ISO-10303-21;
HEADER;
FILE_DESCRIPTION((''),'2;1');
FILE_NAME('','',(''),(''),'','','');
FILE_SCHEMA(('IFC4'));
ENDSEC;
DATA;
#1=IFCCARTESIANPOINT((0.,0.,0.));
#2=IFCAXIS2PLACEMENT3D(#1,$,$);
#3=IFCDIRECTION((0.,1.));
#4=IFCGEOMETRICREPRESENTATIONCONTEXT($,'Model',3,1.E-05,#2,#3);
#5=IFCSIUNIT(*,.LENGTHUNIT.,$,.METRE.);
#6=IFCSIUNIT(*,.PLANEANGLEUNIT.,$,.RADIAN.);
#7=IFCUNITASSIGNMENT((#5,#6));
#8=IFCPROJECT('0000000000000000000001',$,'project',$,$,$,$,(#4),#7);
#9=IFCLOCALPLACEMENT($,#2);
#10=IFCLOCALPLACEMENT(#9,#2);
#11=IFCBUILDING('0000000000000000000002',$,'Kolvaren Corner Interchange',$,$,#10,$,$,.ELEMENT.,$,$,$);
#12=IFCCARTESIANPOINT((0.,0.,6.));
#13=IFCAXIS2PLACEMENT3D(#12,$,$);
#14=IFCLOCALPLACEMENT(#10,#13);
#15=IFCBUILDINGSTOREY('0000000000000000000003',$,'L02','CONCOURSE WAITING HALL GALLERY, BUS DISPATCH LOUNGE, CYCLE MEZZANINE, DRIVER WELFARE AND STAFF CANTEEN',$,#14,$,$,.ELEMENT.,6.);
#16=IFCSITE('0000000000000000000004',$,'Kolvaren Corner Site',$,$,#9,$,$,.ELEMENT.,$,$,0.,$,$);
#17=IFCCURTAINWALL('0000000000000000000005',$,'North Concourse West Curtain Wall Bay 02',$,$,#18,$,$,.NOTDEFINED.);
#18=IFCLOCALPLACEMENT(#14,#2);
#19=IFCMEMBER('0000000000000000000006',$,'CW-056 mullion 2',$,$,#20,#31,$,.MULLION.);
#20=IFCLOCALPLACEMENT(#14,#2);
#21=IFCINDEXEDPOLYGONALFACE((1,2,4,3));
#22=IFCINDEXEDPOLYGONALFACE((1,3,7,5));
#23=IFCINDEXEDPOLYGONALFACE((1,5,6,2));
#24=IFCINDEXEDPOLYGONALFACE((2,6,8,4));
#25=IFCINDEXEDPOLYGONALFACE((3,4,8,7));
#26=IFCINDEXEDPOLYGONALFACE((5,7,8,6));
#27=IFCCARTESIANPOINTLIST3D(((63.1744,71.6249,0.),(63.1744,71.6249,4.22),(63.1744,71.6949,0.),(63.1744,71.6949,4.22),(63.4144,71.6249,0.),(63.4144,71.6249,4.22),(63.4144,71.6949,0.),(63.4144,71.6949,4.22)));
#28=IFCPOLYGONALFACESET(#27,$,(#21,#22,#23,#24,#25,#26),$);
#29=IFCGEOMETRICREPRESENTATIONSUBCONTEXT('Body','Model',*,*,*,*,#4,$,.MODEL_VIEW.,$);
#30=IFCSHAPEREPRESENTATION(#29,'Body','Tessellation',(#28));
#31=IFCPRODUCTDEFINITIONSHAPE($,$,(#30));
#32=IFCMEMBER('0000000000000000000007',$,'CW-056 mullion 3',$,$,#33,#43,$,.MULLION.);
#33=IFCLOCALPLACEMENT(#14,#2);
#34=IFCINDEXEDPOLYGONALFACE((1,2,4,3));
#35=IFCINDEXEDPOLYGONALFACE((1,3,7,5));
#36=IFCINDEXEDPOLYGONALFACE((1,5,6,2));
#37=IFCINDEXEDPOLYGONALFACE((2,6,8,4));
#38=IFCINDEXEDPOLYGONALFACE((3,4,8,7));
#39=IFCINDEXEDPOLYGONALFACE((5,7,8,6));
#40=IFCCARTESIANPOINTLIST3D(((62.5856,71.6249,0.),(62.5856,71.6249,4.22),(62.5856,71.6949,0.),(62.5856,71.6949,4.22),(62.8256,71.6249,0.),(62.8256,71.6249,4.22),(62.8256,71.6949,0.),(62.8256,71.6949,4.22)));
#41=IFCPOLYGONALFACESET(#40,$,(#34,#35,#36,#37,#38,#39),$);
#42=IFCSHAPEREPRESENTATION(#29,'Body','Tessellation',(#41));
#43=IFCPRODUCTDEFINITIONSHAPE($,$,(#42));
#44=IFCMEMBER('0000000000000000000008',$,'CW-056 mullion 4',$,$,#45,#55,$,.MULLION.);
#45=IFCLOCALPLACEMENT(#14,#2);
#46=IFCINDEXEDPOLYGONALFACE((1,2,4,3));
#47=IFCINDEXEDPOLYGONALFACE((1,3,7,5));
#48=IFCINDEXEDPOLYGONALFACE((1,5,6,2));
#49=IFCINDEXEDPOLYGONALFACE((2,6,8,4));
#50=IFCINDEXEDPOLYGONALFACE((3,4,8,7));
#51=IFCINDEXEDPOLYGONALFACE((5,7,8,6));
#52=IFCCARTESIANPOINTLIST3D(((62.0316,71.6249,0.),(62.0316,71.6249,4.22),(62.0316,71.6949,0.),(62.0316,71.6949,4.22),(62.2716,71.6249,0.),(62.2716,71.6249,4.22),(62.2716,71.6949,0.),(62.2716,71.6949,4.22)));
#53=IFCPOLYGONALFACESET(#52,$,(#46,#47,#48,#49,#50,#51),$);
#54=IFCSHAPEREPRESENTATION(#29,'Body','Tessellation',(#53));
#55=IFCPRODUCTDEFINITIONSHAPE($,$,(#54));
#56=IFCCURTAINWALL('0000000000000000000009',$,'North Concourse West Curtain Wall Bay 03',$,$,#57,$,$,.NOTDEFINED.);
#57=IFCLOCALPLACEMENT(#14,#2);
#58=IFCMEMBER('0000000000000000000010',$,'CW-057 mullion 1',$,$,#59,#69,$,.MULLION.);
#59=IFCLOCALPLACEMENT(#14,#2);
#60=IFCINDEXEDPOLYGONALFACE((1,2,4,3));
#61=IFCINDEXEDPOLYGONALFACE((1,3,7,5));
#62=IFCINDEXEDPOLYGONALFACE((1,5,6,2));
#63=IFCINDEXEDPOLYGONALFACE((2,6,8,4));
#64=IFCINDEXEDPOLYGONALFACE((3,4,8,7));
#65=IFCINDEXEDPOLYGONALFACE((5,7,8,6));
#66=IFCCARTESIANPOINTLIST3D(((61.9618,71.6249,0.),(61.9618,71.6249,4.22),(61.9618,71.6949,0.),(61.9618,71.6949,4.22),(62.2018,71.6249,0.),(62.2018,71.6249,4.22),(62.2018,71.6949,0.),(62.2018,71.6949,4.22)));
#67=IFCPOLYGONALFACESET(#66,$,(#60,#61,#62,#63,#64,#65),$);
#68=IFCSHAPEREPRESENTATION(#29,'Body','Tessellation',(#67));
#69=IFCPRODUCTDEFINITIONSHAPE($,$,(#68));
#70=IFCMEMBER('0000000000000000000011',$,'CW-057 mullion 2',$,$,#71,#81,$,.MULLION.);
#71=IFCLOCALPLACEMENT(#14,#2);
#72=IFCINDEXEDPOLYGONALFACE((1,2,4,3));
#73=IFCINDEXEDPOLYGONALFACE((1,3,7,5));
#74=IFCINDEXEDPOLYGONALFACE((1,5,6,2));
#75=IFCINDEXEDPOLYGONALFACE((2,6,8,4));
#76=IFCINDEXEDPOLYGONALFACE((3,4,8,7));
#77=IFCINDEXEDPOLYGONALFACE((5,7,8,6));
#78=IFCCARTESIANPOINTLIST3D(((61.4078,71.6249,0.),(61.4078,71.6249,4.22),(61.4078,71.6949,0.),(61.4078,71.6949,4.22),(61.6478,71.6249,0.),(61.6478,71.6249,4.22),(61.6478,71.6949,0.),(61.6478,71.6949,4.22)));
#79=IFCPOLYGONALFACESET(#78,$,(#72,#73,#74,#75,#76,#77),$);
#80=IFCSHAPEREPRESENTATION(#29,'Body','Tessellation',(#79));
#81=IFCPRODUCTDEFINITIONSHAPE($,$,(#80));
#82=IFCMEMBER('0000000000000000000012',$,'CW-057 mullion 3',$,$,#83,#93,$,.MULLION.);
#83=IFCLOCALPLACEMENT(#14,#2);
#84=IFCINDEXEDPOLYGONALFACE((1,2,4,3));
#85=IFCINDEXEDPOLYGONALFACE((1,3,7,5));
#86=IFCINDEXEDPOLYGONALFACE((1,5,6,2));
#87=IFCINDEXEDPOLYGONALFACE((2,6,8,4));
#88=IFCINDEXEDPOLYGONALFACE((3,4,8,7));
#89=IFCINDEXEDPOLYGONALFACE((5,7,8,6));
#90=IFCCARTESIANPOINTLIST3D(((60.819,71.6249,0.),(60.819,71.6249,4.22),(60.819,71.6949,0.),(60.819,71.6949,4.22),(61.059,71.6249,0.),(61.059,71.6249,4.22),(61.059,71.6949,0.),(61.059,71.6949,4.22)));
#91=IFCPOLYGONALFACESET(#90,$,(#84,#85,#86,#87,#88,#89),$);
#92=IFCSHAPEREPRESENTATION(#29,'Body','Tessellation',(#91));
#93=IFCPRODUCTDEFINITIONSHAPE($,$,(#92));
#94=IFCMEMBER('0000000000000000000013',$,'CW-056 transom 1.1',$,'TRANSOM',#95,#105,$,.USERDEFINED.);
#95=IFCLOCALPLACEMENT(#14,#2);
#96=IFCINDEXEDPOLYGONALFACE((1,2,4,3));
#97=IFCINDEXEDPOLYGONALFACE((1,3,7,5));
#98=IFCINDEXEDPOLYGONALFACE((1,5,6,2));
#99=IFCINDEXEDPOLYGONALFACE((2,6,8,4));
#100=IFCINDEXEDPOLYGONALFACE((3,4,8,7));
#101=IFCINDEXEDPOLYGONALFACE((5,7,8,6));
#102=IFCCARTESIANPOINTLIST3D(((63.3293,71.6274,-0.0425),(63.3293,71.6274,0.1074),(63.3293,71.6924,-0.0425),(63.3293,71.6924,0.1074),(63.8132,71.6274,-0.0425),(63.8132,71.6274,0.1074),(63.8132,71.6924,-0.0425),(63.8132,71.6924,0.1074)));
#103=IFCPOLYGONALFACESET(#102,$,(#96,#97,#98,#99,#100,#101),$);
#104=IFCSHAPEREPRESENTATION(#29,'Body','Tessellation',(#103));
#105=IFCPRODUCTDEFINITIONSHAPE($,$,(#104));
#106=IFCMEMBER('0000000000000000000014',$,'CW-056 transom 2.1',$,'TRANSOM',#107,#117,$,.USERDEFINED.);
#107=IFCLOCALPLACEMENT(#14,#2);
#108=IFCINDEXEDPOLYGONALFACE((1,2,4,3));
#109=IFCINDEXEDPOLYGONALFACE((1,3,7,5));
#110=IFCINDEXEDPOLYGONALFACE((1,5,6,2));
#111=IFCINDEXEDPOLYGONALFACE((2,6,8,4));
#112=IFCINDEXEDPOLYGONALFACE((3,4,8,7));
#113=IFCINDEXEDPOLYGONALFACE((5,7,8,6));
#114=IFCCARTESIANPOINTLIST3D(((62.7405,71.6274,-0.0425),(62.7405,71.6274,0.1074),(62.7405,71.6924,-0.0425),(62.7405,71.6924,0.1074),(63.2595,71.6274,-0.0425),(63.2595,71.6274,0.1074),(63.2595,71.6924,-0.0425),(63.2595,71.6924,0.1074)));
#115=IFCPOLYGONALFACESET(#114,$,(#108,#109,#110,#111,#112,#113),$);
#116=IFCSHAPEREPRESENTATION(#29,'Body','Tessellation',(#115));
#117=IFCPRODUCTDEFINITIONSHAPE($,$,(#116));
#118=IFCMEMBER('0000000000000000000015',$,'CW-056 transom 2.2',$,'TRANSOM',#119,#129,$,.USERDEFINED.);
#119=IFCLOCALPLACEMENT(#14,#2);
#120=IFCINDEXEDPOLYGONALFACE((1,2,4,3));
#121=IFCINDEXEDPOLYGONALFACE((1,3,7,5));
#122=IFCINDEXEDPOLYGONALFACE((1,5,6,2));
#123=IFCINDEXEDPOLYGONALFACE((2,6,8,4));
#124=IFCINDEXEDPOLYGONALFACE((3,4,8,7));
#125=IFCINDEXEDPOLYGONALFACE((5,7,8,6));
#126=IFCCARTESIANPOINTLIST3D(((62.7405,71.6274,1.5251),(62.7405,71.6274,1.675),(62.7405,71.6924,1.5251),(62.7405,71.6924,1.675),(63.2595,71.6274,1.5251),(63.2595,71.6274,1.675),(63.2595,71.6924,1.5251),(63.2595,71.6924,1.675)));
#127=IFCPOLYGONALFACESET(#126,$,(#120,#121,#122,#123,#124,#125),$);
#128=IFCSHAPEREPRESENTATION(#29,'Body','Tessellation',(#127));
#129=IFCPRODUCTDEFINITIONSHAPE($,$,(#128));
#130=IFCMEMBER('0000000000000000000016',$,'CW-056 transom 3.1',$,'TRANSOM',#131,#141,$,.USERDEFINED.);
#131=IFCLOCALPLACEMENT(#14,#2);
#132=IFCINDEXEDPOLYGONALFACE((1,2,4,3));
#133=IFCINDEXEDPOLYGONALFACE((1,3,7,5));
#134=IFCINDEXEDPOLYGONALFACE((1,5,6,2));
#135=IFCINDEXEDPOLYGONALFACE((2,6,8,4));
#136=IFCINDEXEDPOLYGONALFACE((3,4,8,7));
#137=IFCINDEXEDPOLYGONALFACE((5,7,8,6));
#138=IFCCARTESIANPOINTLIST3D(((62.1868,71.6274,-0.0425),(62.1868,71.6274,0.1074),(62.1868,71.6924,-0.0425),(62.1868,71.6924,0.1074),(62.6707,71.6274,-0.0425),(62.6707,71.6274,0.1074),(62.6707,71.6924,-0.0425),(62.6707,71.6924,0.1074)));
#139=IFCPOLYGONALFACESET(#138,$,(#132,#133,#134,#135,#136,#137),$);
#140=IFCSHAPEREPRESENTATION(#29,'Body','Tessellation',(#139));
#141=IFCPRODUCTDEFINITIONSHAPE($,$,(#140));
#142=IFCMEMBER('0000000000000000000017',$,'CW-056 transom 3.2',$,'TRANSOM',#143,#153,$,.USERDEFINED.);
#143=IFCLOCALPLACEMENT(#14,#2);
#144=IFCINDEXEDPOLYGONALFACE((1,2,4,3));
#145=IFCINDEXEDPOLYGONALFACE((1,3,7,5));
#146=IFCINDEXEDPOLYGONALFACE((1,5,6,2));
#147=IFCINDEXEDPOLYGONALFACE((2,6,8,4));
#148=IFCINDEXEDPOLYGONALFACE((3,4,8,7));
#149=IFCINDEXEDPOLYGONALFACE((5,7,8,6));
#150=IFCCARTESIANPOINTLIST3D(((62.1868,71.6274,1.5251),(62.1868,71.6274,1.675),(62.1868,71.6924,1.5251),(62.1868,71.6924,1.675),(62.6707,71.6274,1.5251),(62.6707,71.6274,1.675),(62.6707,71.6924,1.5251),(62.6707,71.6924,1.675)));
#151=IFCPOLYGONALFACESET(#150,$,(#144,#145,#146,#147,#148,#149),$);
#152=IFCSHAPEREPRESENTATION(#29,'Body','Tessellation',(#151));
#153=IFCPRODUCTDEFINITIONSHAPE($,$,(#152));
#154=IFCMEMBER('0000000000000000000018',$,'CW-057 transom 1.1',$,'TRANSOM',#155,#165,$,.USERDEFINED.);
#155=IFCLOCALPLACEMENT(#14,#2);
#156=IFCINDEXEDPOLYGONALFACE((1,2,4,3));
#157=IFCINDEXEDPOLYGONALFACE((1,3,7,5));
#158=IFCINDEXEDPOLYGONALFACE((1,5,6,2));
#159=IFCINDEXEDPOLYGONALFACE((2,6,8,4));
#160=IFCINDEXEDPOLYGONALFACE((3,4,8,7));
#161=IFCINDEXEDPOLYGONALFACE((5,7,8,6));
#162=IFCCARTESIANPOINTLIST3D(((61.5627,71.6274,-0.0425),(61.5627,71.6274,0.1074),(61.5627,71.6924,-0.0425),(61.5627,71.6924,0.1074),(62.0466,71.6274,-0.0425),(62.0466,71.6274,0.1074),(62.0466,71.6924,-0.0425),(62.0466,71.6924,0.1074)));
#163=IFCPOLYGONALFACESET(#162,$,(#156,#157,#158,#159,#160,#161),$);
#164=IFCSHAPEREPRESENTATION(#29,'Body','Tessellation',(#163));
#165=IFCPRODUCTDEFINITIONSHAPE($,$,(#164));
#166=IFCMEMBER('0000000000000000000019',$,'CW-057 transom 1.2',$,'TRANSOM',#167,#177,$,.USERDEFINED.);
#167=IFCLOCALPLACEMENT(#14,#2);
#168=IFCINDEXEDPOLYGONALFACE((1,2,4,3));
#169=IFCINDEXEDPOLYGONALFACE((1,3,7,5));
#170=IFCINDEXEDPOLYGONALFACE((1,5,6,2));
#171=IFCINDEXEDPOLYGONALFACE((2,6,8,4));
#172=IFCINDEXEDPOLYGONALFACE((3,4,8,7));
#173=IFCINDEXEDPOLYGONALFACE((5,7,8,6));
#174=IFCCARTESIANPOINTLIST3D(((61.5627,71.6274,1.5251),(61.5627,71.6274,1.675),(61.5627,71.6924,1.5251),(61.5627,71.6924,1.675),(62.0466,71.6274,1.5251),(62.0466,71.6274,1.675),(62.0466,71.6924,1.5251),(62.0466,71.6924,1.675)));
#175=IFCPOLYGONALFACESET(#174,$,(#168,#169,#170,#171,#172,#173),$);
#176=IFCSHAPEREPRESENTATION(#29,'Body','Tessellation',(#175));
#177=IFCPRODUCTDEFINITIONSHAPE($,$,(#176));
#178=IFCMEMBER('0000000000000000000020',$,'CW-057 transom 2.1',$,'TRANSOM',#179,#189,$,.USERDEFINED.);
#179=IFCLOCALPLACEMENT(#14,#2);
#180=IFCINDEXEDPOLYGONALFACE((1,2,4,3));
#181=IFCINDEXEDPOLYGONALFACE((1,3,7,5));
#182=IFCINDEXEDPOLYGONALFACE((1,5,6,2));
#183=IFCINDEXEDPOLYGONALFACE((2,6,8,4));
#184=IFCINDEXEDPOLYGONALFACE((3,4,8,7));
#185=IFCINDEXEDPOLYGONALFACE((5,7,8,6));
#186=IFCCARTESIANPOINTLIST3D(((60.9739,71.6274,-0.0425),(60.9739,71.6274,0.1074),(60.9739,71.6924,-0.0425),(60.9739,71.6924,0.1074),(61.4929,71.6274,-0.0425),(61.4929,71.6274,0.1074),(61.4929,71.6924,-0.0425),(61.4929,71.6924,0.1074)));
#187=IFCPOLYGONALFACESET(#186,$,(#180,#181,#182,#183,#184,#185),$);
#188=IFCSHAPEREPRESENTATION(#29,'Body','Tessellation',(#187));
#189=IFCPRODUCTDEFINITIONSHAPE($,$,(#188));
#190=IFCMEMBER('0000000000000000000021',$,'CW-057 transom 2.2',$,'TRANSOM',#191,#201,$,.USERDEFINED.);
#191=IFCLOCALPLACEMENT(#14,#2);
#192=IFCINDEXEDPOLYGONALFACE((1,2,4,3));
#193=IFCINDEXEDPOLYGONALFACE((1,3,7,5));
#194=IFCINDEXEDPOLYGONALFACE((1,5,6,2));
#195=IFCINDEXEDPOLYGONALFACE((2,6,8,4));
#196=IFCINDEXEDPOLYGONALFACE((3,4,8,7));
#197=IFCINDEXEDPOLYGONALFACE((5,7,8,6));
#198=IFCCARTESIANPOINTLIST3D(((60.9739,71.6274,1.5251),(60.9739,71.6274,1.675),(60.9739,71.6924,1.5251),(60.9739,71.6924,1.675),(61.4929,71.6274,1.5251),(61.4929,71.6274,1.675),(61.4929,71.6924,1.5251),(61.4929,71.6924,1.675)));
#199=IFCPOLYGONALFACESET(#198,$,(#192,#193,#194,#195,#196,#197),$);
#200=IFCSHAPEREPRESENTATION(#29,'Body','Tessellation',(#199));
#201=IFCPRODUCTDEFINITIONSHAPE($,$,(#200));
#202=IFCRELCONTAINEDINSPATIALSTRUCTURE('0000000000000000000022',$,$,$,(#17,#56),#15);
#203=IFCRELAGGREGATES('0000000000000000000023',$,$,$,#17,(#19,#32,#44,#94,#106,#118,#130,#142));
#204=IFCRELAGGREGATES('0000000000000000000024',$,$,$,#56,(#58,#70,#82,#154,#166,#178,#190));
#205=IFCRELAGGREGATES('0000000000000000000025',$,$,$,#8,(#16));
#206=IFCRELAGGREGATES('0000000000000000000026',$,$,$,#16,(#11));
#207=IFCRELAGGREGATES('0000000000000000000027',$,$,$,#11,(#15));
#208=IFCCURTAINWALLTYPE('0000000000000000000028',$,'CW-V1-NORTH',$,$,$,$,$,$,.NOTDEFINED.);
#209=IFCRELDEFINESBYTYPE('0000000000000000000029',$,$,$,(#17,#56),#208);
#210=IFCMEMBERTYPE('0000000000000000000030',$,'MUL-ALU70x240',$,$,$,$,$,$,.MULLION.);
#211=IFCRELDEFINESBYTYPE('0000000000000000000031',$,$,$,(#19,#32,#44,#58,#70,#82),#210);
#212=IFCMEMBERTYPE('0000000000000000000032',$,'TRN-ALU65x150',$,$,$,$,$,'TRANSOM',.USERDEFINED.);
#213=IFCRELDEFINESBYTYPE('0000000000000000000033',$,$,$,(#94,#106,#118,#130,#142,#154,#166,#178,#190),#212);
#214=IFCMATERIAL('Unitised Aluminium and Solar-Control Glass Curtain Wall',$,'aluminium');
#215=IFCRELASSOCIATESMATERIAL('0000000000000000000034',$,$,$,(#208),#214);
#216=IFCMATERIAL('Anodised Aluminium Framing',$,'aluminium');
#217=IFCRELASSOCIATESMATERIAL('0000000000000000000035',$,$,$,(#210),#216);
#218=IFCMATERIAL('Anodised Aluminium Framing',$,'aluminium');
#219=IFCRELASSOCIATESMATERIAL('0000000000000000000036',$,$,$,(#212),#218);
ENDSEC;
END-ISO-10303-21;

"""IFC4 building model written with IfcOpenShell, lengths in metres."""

from ifc_helpers import new_model, si_unit, direction, frame, origin, origin_2d, place, context, subcontext, project, spatial, rectangle, extrude, material, material_profile, profile_set, type_object, element, aggregate, save


model = new_model("IFC4")

# Units and contexts
model_context = context("Model", 3, precision=1e-05, world=origin(), true_north=direction((0.0, 1.0)))
body_context = subcontext(model_context, "Body", "Model", "MODEL_VIEW")
ifc_project = project(units=[si_unit("LENGTHUNIT", "METRE"), si_unit("PLANEANGLEUNIT", "RADIAN")], contexts=[model_context])

# Site, building, storey
site_placement = place(None, origin())
site = spatial("IfcSite", under=ifc_project, at=site_placement, Name="Kolvaren Corner Site", CompositionType="ELEMENT", RefElevation=0.0)
building_placement = place(site_placement, origin())
building = spatial("IfcBuilding", under=site, at=building_placement, Name="Kolvaren Corner Interchange", CompositionType="ELEMENT")
storey_placement = place(building_placement, frame((0.0, 0.0, 6.0)))
storey = spatial("IfcBuildingStorey", under=building, at=storey_placement, Name="L02", Description="CONCOURSE WAITING HALL GALLERY, BUS DISPATCH LOUNGE, CYCLE MEZZANINE, DRIVER WELFARE AND STAFF CANTEEN", CompositionType="ELEMENT", Elevation=6.0)

# Curtain walls, members
ifc_material_1 = material(Name="Unitised Aluminium and Solar-Control Glass Curtain Wall", Category="aluminium")
curtain_wall_type = type_object("IfcCurtainWallType", Name="CW-V1-NORTH", PredefinedType="NOTDEFINED", material=ifc_material_1)
curtain_wall_1_placement = place(storey_placement, origin())
curtain_wall_1 = element("IfcCurtainWall", 1, at=curtain_wall_1_placement, inside=storey, type_object=curtain_wall_type, Name="North Concourse West Curtain Wall Bay 02", PredefinedType="NOTDEFINED")
ifc_material_2 = material(Name="Anodised Aluminium Framing", Category="aluminium")
ifc_material_profile_1 = material_profile(ifc_material_2, rectangle(XDim=0.0701, YDim=0.24, at=origin_2d()), Name="ALU 70x240")
ifc_profile_set_1 = profile_set([ifc_material_profile_1], Name="Anodised Aluminium Framing")
member_type_1 = type_object("IfcMemberType", Name="MUL-ALU70x240", PredefinedType="MULLION", material=ifc_profile_set_1)
member_1_placement = place(storey_placement, frame((63.2944, 71.6599, 0.0), z_axis=(0.0, 0.0, 1.0), x_axis=(0.0, -1.0, 0.0)))
member_1 = element("IfcMember", 2, at=member_1_placement, type_object=member_type_1, Name="CW-056 mullion 2", PredefinedType="MULLION", context=body_context, shape_type="SweptSolid", body=[
    extrude(rectangle(XDim=0.0701, YDim=0.24, at=origin_2d()), origin(), (0.0, 0.0, 1.0), 4.22),
])
member_2_placement = place(storey_placement, frame((62.7056, 71.6599, 0.0), z_axis=(0.0, 0.0, 1.0), x_axis=(0.0, -1.0, 0.0)))
member_2 = element("IfcMember", 3, at=member_2_placement, type_object=member_type_1, Name="CW-056 mullion 3", PredefinedType="MULLION", context=body_context, shape_type="SweptSolid", body=[
    extrude(rectangle(XDim=0.0701, YDim=0.24, at=origin_2d()), origin(), (0.0, 0.0, 1.0), 4.22),
])
member_3_placement = place(storey_placement, frame((62.1516, 71.6599, 0.0), z_axis=(0.0, 0.0, 1.0), x_axis=(0.0, -1.0, 0.0)))
member_3 = element("IfcMember", 4, at=member_3_placement, type_object=member_type_1, Name="CW-056 mullion 4", PredefinedType="MULLION", context=body_context, shape_type="SweptSolid", body=[
    extrude(rectangle(XDim=0.0701, YDim=0.24, at=origin_2d()), origin(), (0.0, 0.0, 1.0), 4.22),
])
curtain_wall_2_placement = place(storey_placement, origin())
curtain_wall_2 = element("IfcCurtainWall", 5, at=curtain_wall_2_placement, inside=storey, type_object=curtain_wall_type, Name="North Concourse West Curtain Wall Bay 03", PredefinedType="NOTDEFINED")
member_4_placement = place(storey_placement, frame((62.0818, 71.6599, 0.0), z_axis=(0.0, 0.0, 1.0), x_axis=(0.0, -1.0, 0.0)))
member_4 = element("IfcMember", 6, at=member_4_placement, type_object=member_type_1, Name="CW-057 mullion 1", PredefinedType="MULLION", context=body_context, shape_type="SweptSolid", body=[
    extrude(rectangle(XDim=0.0701, YDim=0.24, at=origin_2d()), origin(), (0.0, 0.0, 1.0), 4.22),
])
member_5_placement = place(storey_placement, frame((61.5278, 71.6599, 0.0), z_axis=(0.0, 0.0, 1.0), x_axis=(0.0, -1.0, 0.0)))
member_5 = element("IfcMember", 7, at=member_5_placement, type_object=member_type_1, Name="CW-057 mullion 2", PredefinedType="MULLION", context=body_context, shape_type="SweptSolid", body=[
    extrude(rectangle(XDim=0.0701, YDim=0.24, at=origin_2d()), origin(), (0.0, 0.0, 1.0), 4.22),
])
member_6_placement = place(storey_placement, frame((60.939, 71.6599, 0.0), z_axis=(0.0, 0.0, 1.0), x_axis=(0.0, -1.0, 0.0)))
member_6 = element("IfcMember", 8, at=member_6_placement, type_object=member_type_1, Name="CW-057 mullion 3", PredefinedType="MULLION", context=body_context, shape_type="SweptSolid", body=[
    extrude(rectangle(XDim=0.0701, YDim=0.24, at=origin_2d()), origin(), (0.0, 0.0, 1.0), 4.22),
])

# Members
ifc_material_3 = material(Name="Anodised Aluminium Framing", Category="aluminium")
ifc_material_profile_2 = material_profile(ifc_material_3, rectangle(XDim=0.0649, YDim=0.1499, at=origin_2d()), Name="ALU 65x150")
ifc_profile_set_2 = profile_set([ifc_material_profile_2], Name="Anodised Aluminium Framing")
member_type_2 = type_object("IfcMemberType", Name="TRN-ALU65x150", ElementType="TRANSOM", PredefinedType="USERDEFINED", material=ifc_profile_set_2)
member_7_placement = place(storey_placement, frame((63.8132, 71.6599, 0.0325), z_axis=(-1.0, 0.0, 0.0), x_axis=(0.0, -1.0, 0.0)))
member_7 = element("IfcMember", 9, at=member_7_placement, type_object=member_type_2, Name="CW-056 transom 1.1", ObjectType="TRANSOM", PredefinedType="USERDEFINED", context=body_context, shape_type="SweptSolid", body=[
    extrude(rectangle(XDim=0.0649, YDim=0.1499, at=origin_2d()), origin(), (0.0, 0.0, 1.0), 0.4839),
])
member_8_placement = place(storey_placement, frame((63.2595, 71.6599, 0.0325), z_axis=(-1.0, 0.0, 0.0), x_axis=(0.0, -1.0, 0.0)))
member_8 = element("IfcMember", 10, at=member_8_placement, type_object=member_type_2, Name="CW-056 transom 2.1", ObjectType="TRANSOM", PredefinedType="USERDEFINED", context=body_context, shape_type="SweptSolid", body=[
    extrude(rectangle(XDim=0.0649, YDim=0.1499, at=origin_2d()), origin(), (0.0, 0.0, 1.0), 0.519),
])
member_9_placement = place(storey_placement, frame((63.2595, 71.6599, 1.6001), z_axis=(-1.0, 0.0, 0.0), x_axis=(0.0, -1.0, 0.0)))
member_9 = element("IfcMember", 11, at=member_9_placement, type_object=member_type_2, Name="CW-056 transom 2.2", ObjectType="TRANSOM", PredefinedType="USERDEFINED", context=body_context, shape_type="SweptSolid", body=[
    extrude(rectangle(XDim=0.0649, YDim=0.1499, at=origin_2d()), origin(), (0.0, 0.0, 1.0), 0.519),
])
member_10_placement = place(storey_placement, frame((62.6707, 71.6599, 0.0325), z_axis=(-1.0, 0.0, 0.0), x_axis=(0.0, -1.0, 0.0)))
member_10 = element("IfcMember", 12, at=member_10_placement, type_object=member_type_2, Name="CW-056 transom 3.1", ObjectType="TRANSOM", PredefinedType="USERDEFINED", context=body_context, shape_type="SweptSolid", body=[
    extrude(rectangle(XDim=0.0649, YDim=0.1499, at=origin_2d()), origin(), (0.0, 0.0, 1.0), 0.4839),
])
member_11_placement = place(storey_placement, frame((62.6707, 71.6599, 1.6001), z_axis=(-1.0, 0.0, 0.0), x_axis=(0.0, -1.0, 0.0)))
member_11 = element("IfcMember", 13, at=member_11_placement, type_object=member_type_2, Name="CW-056 transom 3.2", ObjectType="TRANSOM", PredefinedType="USERDEFINED", context=body_context, shape_type="SweptSolid", body=[
    extrude(rectangle(XDim=0.0649, YDim=0.1499, at=origin_2d()), origin(), (0.0, 0.0, 1.0), 0.4839),
])
member_12_placement = place(storey_placement, frame((62.0466, 71.6599, 0.0325), z_axis=(-1.0, 0.0, 0.0), x_axis=(0.0, -1.0, 0.0)))
member_12 = element("IfcMember", 14, at=member_12_placement, type_object=member_type_2, Name="CW-057 transom 1.1", ObjectType="TRANSOM", PredefinedType="USERDEFINED", context=body_context, shape_type="SweptSolid", body=[
    extrude(rectangle(XDim=0.0649, YDim=0.1499, at=origin_2d()), origin(), (0.0, 0.0, 1.0), 0.4839),
])
member_13_placement = place(storey_placement, frame((62.0466, 71.6599, 1.6001), z_axis=(-1.0, 0.0, 0.0), x_axis=(0.0, -1.0, 0.0)))
member_13 = element("IfcMember", 15, at=member_13_placement, type_object=member_type_2, Name="CW-057 transom 1.2", ObjectType="TRANSOM", PredefinedType="USERDEFINED", context=body_context, shape_type="SweptSolid", body=[
    extrude(rectangle(XDim=0.0649, YDim=0.1499, at=origin_2d()), origin(), (0.0, 0.0, 1.0), 0.4839),
])
member_14_placement = place(storey_placement, frame((61.4929, 71.6599, 0.0325), z_axis=(-1.0, 0.0, 0.0), x_axis=(0.0, -1.0, 0.0)))
member_14 = element("IfcMember", 16, at=member_14_placement, type_object=member_type_2, Name="CW-057 transom 2.1", ObjectType="TRANSOM", PredefinedType="USERDEFINED", context=body_context, shape_type="SweptSolid", body=[
    extrude(rectangle(XDim=0.0649, YDim=0.1499, at=origin_2d()), origin(), (0.0, 0.0, 1.0), 0.519),
])
member_15_placement = place(storey_placement, frame((61.4929, 71.6599, 1.6001), z_axis=(-1.0, 0.0, 0.0), x_axis=(0.0, -1.0, 0.0)))
member_15 = element("IfcMember", 17, at=member_15_placement, type_object=member_type_2, Name="CW-057 transom 2.2", ObjectType="TRANSOM", PredefinedType="USERDEFINED", context=body_context, shape_type="SweptSolid", body=[
    extrude(rectangle(XDim=0.0649, YDim=0.1499, at=origin_2d()), origin(), (0.0, 0.0, 1.0), 0.519),
])

aggregate(curtain_wall_1, [member_1, member_2, member_3, member_7, member_8, member_9, member_10, member_11])
aggregate(curtain_wall_2, [member_4, member_5, member_6, member_12, member_13, member_14, member_15])

save(model, "model.ifc")
